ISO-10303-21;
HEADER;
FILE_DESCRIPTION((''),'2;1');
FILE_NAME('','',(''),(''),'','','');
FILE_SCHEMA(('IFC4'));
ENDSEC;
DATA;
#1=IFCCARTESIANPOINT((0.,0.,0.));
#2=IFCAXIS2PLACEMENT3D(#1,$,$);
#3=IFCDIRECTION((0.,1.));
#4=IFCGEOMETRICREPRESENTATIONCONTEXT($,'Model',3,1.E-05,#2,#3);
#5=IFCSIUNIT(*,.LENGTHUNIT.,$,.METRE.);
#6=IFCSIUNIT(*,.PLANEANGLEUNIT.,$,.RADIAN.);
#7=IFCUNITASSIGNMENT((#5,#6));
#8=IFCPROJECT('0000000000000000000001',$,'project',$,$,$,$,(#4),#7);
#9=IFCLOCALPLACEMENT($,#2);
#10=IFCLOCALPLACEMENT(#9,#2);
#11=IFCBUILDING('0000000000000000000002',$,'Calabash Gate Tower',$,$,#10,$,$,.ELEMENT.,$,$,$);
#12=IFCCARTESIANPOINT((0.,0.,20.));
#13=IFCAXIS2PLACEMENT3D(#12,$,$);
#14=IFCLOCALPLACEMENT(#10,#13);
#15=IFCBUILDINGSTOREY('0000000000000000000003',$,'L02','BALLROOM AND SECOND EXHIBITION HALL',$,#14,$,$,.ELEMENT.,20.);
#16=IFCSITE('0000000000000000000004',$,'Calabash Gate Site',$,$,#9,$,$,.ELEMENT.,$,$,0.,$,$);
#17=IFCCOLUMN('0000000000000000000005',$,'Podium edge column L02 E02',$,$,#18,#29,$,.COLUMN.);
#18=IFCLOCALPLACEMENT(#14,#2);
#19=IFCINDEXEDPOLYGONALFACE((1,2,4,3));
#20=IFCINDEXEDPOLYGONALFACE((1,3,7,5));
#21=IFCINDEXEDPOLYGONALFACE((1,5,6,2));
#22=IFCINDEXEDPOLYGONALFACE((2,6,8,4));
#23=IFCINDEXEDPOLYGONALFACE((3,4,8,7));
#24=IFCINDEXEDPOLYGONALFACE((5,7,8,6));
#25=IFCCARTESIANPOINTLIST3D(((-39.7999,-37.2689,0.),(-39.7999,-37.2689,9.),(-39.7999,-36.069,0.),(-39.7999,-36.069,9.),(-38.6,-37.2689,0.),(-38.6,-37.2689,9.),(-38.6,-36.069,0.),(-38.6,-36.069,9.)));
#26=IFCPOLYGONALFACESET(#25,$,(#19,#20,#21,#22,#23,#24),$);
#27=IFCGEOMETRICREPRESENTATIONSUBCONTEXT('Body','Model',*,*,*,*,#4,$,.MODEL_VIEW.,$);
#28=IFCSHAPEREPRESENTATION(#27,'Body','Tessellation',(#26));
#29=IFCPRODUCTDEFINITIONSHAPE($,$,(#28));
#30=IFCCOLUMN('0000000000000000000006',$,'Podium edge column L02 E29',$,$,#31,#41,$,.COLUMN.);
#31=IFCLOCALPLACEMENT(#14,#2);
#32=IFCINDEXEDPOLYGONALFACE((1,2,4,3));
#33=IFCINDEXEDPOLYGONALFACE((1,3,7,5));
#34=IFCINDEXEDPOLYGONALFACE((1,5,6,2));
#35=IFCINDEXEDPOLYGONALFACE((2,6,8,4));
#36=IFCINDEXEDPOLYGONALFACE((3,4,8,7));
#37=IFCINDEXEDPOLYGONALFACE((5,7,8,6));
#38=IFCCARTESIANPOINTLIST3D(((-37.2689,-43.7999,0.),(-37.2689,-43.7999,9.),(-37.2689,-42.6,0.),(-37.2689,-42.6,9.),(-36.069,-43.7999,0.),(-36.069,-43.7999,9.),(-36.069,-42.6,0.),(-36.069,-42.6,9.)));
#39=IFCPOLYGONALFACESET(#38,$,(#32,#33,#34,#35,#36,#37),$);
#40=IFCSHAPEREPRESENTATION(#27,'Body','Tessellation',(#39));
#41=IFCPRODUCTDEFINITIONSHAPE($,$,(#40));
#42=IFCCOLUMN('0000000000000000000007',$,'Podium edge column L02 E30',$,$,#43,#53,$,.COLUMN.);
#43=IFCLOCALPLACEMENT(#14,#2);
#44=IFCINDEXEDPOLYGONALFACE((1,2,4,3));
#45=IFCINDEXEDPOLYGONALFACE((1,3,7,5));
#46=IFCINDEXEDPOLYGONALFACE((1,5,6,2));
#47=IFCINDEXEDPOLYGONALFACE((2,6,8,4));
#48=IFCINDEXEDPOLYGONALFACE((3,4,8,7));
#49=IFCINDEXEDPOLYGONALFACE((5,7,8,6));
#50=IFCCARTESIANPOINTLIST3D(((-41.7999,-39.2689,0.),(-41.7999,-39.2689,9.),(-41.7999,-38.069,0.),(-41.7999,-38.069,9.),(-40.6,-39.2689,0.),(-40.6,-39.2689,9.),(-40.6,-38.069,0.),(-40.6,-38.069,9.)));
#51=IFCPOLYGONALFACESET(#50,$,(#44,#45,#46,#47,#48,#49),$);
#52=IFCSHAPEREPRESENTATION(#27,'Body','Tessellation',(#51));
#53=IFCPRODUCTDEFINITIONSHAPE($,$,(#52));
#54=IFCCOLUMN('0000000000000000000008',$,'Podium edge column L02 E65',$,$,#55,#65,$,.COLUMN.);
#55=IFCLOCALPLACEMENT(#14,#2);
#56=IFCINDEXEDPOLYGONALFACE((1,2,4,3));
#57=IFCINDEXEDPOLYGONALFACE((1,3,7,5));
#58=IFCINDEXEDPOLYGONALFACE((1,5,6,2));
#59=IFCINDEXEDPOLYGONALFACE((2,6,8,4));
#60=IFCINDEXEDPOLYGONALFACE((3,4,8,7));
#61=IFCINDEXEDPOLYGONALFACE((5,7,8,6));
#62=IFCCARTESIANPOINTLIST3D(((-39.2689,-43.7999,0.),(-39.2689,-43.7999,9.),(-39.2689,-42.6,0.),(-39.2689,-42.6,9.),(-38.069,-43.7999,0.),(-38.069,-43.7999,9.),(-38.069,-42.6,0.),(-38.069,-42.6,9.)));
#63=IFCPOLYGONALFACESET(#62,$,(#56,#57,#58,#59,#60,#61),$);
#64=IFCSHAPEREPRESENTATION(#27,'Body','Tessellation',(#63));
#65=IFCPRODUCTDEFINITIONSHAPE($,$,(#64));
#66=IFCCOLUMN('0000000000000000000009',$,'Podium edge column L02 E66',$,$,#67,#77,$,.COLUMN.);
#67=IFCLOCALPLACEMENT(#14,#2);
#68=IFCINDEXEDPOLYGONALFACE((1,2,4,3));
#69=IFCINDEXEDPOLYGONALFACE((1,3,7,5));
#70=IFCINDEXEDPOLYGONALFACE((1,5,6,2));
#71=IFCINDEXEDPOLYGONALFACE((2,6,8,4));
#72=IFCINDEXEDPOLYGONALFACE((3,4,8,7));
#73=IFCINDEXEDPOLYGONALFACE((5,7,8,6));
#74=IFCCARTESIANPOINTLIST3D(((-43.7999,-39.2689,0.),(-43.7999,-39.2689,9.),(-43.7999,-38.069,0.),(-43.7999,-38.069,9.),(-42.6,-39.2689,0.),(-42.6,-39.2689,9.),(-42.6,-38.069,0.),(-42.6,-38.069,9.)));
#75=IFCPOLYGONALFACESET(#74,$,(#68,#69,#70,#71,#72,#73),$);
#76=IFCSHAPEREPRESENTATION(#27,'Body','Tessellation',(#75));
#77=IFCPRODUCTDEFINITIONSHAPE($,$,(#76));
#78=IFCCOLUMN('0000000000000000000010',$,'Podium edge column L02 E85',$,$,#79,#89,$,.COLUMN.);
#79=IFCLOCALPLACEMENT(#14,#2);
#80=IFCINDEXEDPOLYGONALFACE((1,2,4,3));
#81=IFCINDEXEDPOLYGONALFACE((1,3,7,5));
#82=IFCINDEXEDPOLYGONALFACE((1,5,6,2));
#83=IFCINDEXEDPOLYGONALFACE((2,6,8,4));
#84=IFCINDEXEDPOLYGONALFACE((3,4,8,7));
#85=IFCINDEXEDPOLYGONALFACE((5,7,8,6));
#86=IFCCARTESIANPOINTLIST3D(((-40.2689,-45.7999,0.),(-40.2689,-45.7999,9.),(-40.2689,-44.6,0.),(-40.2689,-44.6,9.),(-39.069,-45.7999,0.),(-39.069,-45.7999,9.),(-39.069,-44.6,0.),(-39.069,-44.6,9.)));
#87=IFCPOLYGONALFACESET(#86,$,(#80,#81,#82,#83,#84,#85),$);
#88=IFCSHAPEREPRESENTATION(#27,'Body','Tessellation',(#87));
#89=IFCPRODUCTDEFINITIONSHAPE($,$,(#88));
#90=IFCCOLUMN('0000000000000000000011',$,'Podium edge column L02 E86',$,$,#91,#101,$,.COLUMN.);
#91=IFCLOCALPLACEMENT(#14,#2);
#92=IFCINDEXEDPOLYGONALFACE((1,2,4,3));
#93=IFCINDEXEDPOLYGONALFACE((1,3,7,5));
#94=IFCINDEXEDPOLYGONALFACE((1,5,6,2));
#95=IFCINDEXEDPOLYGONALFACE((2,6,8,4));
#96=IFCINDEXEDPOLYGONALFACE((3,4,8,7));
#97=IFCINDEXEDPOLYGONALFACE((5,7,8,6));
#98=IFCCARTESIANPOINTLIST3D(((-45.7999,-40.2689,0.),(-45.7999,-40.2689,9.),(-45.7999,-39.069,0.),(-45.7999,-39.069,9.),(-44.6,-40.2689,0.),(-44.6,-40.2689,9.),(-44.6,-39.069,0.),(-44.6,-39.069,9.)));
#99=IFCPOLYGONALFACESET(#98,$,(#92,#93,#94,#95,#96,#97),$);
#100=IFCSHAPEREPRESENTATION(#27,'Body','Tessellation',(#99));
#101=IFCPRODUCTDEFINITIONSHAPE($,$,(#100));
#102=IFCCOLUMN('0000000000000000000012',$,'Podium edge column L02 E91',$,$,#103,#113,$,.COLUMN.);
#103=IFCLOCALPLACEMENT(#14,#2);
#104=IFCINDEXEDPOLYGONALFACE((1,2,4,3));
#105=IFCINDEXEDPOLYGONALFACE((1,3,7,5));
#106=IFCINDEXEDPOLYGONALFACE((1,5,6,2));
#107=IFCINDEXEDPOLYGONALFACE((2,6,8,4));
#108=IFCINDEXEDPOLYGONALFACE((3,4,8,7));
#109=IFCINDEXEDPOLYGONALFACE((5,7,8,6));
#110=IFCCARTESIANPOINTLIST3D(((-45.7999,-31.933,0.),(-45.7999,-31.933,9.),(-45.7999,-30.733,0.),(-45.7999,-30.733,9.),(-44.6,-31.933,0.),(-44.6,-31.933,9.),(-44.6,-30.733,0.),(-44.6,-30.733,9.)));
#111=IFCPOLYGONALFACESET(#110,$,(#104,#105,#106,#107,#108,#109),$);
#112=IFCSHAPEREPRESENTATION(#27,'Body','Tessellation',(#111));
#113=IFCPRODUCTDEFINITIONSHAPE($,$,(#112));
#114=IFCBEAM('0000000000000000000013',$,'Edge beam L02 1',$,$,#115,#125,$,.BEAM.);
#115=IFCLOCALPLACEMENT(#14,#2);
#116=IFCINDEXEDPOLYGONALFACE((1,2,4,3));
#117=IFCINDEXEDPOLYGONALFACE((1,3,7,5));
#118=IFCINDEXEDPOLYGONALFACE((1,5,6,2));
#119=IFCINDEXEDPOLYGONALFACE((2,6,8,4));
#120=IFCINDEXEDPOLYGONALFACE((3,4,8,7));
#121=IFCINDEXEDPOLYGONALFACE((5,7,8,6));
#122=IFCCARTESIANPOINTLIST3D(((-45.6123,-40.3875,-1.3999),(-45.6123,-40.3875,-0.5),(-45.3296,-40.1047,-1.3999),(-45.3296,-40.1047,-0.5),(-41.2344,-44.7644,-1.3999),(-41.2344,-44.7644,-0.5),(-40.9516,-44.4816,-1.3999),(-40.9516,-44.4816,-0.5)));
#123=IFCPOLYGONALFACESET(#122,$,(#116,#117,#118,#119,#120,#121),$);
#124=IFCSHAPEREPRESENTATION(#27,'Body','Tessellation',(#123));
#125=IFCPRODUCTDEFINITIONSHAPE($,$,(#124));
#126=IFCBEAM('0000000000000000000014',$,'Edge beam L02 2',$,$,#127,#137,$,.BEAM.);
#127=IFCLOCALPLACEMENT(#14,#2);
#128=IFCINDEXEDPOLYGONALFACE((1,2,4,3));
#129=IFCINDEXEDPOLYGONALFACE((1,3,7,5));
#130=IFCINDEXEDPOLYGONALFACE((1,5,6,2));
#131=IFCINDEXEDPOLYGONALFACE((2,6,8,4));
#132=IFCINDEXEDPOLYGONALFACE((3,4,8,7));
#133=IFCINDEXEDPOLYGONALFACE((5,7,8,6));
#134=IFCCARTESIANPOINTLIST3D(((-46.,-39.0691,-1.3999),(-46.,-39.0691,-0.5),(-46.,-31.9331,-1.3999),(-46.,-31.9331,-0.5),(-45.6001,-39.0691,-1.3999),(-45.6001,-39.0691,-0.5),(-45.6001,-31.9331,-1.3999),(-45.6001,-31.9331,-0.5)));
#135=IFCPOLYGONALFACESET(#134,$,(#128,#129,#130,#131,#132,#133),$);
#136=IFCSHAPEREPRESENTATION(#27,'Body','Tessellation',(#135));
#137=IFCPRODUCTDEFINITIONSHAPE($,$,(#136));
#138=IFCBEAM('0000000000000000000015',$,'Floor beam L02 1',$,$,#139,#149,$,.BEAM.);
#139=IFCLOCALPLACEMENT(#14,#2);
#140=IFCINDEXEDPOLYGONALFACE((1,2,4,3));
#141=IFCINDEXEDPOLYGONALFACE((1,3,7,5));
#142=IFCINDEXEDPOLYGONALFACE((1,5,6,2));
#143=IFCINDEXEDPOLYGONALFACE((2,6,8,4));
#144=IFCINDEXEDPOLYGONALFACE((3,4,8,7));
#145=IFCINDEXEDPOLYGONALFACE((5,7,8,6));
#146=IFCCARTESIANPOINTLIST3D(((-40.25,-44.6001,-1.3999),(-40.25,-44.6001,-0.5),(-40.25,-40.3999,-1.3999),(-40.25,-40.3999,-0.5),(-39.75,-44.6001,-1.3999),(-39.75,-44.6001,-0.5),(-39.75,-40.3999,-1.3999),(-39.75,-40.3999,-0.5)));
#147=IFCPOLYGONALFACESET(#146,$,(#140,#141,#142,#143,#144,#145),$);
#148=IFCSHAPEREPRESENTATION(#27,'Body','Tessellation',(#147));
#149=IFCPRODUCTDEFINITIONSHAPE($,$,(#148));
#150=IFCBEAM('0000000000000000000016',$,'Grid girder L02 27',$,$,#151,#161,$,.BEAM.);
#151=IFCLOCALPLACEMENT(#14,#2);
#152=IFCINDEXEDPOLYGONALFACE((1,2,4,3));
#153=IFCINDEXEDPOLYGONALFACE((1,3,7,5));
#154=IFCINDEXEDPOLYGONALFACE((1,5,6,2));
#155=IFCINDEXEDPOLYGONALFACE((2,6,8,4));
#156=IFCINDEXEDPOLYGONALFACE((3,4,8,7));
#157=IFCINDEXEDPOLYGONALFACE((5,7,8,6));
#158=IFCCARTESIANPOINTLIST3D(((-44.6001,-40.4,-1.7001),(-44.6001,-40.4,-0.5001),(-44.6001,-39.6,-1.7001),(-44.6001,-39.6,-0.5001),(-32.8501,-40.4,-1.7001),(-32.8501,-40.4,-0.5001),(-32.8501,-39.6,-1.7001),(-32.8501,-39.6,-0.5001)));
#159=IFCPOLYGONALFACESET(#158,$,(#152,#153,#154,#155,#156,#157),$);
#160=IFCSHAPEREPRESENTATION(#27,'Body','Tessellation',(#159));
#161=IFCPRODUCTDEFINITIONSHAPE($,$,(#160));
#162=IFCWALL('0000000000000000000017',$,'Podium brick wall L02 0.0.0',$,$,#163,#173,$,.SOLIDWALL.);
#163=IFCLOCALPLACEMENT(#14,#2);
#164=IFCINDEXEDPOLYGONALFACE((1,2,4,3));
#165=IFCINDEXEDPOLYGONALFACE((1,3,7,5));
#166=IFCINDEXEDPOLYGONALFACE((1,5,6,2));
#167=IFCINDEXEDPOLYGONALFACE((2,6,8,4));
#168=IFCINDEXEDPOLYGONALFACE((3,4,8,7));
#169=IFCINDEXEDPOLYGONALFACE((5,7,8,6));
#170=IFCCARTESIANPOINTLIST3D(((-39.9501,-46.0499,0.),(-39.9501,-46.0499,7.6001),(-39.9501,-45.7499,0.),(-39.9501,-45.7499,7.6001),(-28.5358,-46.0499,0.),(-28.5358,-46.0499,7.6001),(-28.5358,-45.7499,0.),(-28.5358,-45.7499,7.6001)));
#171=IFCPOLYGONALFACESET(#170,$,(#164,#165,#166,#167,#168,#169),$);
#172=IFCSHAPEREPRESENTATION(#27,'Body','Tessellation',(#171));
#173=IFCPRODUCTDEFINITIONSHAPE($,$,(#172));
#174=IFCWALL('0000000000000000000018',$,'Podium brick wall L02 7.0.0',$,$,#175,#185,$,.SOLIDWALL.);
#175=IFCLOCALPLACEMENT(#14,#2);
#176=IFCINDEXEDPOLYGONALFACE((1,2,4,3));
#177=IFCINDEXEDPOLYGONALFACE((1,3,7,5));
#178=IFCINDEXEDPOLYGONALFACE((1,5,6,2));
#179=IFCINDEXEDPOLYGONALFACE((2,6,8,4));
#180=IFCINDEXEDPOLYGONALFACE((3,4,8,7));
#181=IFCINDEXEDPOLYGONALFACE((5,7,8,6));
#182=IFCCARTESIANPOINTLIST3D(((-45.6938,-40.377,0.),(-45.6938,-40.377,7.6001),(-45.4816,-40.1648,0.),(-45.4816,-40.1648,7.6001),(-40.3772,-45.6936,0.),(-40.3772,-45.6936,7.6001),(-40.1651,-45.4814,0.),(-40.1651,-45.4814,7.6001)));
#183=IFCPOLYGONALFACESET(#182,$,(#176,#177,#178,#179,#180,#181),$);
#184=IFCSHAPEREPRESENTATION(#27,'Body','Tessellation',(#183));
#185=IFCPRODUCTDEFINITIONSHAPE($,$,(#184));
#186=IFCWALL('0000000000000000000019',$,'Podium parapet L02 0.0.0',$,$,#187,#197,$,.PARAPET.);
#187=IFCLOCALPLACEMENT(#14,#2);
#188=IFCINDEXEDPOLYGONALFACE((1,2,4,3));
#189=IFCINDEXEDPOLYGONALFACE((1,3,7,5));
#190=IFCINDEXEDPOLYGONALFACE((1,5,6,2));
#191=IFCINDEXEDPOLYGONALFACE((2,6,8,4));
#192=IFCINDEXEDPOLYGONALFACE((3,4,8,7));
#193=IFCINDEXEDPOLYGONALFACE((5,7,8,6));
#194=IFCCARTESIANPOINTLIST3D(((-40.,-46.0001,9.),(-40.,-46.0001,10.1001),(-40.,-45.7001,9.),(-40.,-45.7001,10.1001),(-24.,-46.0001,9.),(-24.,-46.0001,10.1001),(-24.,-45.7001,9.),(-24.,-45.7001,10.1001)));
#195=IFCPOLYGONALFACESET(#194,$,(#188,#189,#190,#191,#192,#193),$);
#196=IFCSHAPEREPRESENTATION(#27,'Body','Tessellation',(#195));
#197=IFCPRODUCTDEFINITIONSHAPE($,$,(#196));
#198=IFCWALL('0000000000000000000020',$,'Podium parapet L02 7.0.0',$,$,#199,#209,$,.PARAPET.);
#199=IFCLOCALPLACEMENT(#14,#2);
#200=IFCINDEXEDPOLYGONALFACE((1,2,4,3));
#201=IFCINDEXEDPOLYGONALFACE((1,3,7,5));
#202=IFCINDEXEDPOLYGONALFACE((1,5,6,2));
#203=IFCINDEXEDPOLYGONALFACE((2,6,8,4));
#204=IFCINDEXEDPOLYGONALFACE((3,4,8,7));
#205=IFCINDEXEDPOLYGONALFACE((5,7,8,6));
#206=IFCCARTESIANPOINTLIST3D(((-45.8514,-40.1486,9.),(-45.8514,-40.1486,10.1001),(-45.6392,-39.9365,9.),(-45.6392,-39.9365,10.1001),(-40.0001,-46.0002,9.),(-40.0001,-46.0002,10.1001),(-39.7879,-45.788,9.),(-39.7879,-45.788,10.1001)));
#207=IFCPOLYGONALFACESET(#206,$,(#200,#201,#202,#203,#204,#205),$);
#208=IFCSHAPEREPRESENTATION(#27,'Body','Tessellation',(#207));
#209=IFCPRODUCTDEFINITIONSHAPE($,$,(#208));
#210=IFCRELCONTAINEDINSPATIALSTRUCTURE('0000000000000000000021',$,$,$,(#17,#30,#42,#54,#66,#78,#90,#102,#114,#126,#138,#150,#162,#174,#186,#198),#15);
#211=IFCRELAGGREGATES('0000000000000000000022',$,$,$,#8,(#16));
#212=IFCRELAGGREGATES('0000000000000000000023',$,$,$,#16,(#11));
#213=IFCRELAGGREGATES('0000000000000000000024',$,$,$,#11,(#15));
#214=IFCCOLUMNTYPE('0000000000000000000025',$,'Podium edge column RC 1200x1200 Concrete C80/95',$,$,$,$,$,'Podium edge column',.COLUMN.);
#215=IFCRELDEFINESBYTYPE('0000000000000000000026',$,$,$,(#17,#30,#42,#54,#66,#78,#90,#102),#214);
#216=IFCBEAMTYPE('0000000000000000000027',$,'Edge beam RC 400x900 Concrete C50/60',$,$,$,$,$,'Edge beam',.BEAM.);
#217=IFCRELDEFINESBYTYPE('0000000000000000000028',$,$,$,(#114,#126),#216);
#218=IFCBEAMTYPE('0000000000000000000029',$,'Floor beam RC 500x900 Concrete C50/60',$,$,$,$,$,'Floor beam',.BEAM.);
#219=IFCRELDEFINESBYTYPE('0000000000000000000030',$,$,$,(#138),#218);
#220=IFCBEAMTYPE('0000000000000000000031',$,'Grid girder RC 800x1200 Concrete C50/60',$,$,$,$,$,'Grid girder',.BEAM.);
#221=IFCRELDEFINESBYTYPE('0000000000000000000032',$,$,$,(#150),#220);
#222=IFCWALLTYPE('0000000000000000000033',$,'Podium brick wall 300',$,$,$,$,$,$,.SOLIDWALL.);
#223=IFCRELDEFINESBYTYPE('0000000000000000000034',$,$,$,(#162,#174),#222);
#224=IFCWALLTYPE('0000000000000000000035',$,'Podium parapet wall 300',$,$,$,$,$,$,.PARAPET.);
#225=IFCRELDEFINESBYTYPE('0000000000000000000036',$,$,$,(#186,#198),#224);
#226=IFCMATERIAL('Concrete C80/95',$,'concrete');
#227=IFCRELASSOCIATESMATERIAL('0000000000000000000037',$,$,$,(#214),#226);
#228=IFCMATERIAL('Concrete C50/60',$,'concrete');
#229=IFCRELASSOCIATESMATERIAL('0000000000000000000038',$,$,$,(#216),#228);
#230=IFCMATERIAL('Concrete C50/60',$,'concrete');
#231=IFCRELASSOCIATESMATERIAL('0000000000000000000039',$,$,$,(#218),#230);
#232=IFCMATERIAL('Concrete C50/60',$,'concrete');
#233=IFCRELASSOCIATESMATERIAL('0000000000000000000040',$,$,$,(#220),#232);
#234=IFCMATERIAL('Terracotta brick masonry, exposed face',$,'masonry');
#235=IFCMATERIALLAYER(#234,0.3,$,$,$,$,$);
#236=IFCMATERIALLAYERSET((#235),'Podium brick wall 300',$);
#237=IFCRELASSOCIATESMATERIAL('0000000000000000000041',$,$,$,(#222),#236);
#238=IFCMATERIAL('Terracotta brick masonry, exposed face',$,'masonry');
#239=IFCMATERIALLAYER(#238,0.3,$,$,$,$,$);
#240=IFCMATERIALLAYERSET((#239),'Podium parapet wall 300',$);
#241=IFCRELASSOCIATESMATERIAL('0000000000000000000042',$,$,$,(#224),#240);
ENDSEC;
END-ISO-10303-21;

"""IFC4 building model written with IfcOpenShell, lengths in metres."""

from ifc_helpers import new_model, si_unit, direction, frame, frame_2d, origin, origin_2d, place, context, subcontext, project, spatial, rectangle, extrude, material, layer, layer_set, material_profile, profile_set, type_object, element, save


model = new_model("IFC4")

# Units and contexts
model_context = context("Model", 3, precision=1e-05, world=origin(), true_north=direction((0.0, 1.0)))
body_context = subcontext(model_context, "Body", "Model", "MODEL_VIEW")
ifc_project = project(units=[si_unit("LENGTHUNIT", "METRE"), si_unit("PLANEANGLEUNIT", "RADIAN")], contexts=[model_context])

# Site, building, storey
site_placement = place(None, origin())
site = spatial("IfcSite", under=ifc_project, at=site_placement, Name="Calabash Gate Site", CompositionType="ELEMENT", RefElevation=0.0)
building_placement = place(site_placement, origin())
building = spatial("IfcBuilding", under=site, at=building_placement, Name="Calabash Gate Tower", CompositionType="ELEMENT")
storey_placement = place(building_placement, frame((0.0, 0.0, 20.0)))
storey = spatial("IfcBuildingStorey", under=building, at=storey_placement, Name="L02", Description="BALLROOM AND SECOND EXHIBITION HALL", CompositionType="ELEMENT", Elevation=20.0)

# Columns
ifc_material_1 = material(Name="Concrete C80/95", Category="concrete")
ifc_material_profile_1 = material_profile(ifc_material_1, rectangle(XDim=1.2, YDim=1.2, at=origin_2d()))
ifc_profile_set_1 = profile_set([ifc_material_profile_1], Name="Concrete C80/95")
column_type = type_object("IfcColumnType", Name="Podium edge column RC 1200x1200 Concrete C80/95", ElementType="Podium edge column", PredefinedType="COLUMN", material=ifc_profile_set_1)
for number, where, z_axis, x_axis, name in (
    (1, (-39.2, -36.6689, 0.0), (0.0, 0.0, 1.0), (1.0, 0.0, 0.0), "Podium edge column L02 E02"),
    (2, (-36.6689, -43.2, 0.0), (0.0, 0.0, 1.0), (1.0, 0.0, 0.0), "Podium edge column L02 E29"),
    (3, (-41.2, -38.6689, 0.0), (0.0, 0.0, 1.0), (1.0, 0.0, 0.0), "Podium edge column L02 E30"),
    (4, (-38.6689, -43.2, 0.0), (0.0, 0.0, 1.0), (1.0, 0.0, 0.0), "Podium edge column L02 E65"),
    (5, (-43.2, -38.6689, 0.0), (0.0, 0.0, 1.0), (1.0, 0.0, 0.0), "Podium edge column L02 E66"),
    (6, (-39.6689, -45.2, 0.0), (0.0, 0.0, 1.0), (1.0, 0.0, 0.0), "Podium edge column L02 E85"),
    (7, (-45.2, -39.6689, 0.0), (0.0, 0.0, 1.0), (1.0, 0.0, 0.0), "Podium edge column L02 E86"),
    (8, (-45.2, -31.333, 0.0), (0.0, 0.0, 1.0), (1.0, 0.0, 0.0), "Podium edge column L02 E91"),
):
    element("IfcColumn", number, at=place(storey_placement, frame(where, z_axis=z_axis, x_axis=x_axis)), inside=storey, type_object=column_type, Name=name, PredefinedType="COLUMN", context=body_context, shape_type="SweptSolid", body=[
        extrude(rectangle(XDim=1.2, YDim=1.2, at=origin_2d()), origin(), (0.0, 0.0, 1.0), 9.0),
    ])

# Beams
ifc_material_2 = material(Name="Concrete C50/60", Category="concrete")
ifc_material_profile_2 = material_profile(ifc_material_2, rectangle(XDim=0.3999, YDim=0.8999, at=origin_2d()))
ifc_profile_set_2 = profile_set([ifc_material_profile_2], Name="Concrete C50/60")
beam_type_1 = type_object("IfcBeamType", Name="Edge beam RC 400x900 Concrete C50/60", ElementType="Edge beam", PredefinedType="BEAM", material=ifc_profile_set_2)
beam_1_placement = place(storey_placement, frame((-41.093, -44.623, -0.95), z_axis=(-0.707186, 0.707028, 0.0), x_axis=(-0.707028, -0.707186, 0.0)))
element("IfcBeam", 9, at=beam_1_placement, inside=storey, type_object=beam_type_1, Name="Edge beam L02 1", PredefinedType="BEAM", context=body_context, shape_type="SweptSolid", body=[
    extrude(rectangle(XDim=0.3999, YDim=0.8999, at=origin_2d()), origin(), (0.0, 0.0, 1.0), 6.1907),
])
beam_2_placement = place(storey_placement, frame((-45.8, -39.0691, -0.95), z_axis=(0.0, 1.0, 0.0), x_axis=(-1.0, 0.0, 0.0)))
element("IfcBeam", 10, at=beam_2_placement, inside=storey, type_object=beam_type_1, Name="Edge beam L02 2", PredefinedType="BEAM", context=body_context, shape_type="SweptSolid", body=[
    extrude(rectangle(XDim=0.3999, YDim=0.8999, at=origin_2d()), origin(), (0.0, 0.0, 1.0), 7.136),
])
ifc_material_3 = material(Name="Concrete C50/60", Category="concrete")
ifc_material_profile_3 = material_profile(ifc_material_3, rectangle(XDim=0.5, YDim=0.8999, at=origin_2d()))
ifc_profile_set_3 = profile_set([ifc_material_profile_3], Name="Concrete C50/60")
beam_type_2 = type_object("IfcBeamType", Name="Floor beam RC 500x900 Concrete C50/60", ElementType="Floor beam", PredefinedType="BEAM", material=ifc_profile_set_3)
beam_3_placement = place(storey_placement, frame((-40.0, -44.6001, -0.95), z_axis=(0.0, 1.0, 0.0), x_axis=(-1.0, 0.0, 0.0)))
element("IfcBeam", 11, at=beam_3_placement, inside=storey, type_object=beam_type_2, Name="Floor beam L02 1", PredefinedType="BEAM", context=body_context, shape_type="SweptSolid", body=[
    extrude(rectangle(XDim=0.5, YDim=0.8999, at=origin_2d()), origin(), (0.0, 0.0, 1.0), 4.2002),
])
ifc_material_4 = material(Name="Concrete C50/60", Category="concrete")
ifc_material_profile_4 = material_profile(ifc_material_4, rectangle(XDim=0.8, YDim=1.2, at=origin_2d()))
ifc_profile_set_4 = profile_set([ifc_material_profile_4], Name="Concrete C50/60")
beam_type_3 = type_object("IfcBeamType", Name="Grid girder RC 800x1200 Concrete C50/60", ElementType="Grid girder", PredefinedType="BEAM", material=ifc_profile_set_4)
beam_4_placement = place(storey_placement, frame((-44.6001, -40.0, -1.1001), z_axis=(1.0, 0.0, 0.0), x_axis=(0.0, 1.0, 0.0)))
element("IfcBeam", 12, at=beam_4_placement, inside=storey, type_object=beam_type_3, Name="Grid girder L02 27", PredefinedType="BEAM", context=body_context, shape_type="SweptSolid", body=[
    extrude(rectangle(XDim=0.8, YDim=1.2, at=origin_2d()), origin(), (0.0, 0.0, 1.0), 11.75),
])

# Walls
ifc_material_5 = material(Name="Terracotta brick masonry, exposed face", Category="masonry")
ifc_layer_1 = layer(ifc_material_5, 0.3)
ifc_layer_set_1 = layer_set([ifc_layer_1], Name="Podium brick wall 300")
wall_type_1 = type_object("IfcWallType", Name="Podium brick wall 300", PredefinedType="SOLIDWALL", material=ifc_layer_set_1)
wall_1_placement = place(storey_placement, frame((-39.95, -45.8999, 0.0), z_axis=(0.0, 0.0, 1.0), x_axis=(1.0, 0.0, 0.0)))
element("IfcWall", 13, at=wall_1_placement, inside=storey, type_object=wall_type_1, Name="Podium brick wall L02 0.0.0", PredefinedType="SOLIDWALL", context=body_context, shape_type="SweptSolid", body=[
    extrude(rectangle(XDim=11.4143, YDim=0.3, at=frame_2d((5.707, 0.0))), origin(), (0.0, 0.0, 1.0), 7.6001),
])
wall_2_placement = place(storey_placement, frame((-45.5876, -40.271, 0.0), z_axis=(0.0, 0.0, 1.0), x_axis=(0.707107, -0.707107, 0.0)))
element("IfcWall", 14, at=wall_2_placement, inside=storey, type_object=wall_type_1, Name="Podium brick wall L02 7.0.0", PredefinedType="SOLIDWALL", context=body_context, shape_type="SweptSolid", body=[
    extrude(rectangle(XDim=7.5188, YDim=0.3, at=frame_2d((3.7593, 0.0))), origin(), (0.0, 0.0, 1.0), 7.6001),
])
ifc_material_6 = material(Name="Terracotta brick masonry, exposed face", Category="masonry")
ifc_layer_2 = layer(ifc_material_6, 0.3)
ifc_layer_set_2 = layer_set([ifc_layer_2], Name="Podium parapet wall 300")
wall_type_2 = type_object("IfcWallType", Name="Podium parapet wall 300", PredefinedType="PARAPET", material=ifc_layer_set_2)
wall_3_placement = place(storey_placement, frame((-40.0, -45.8501, 9.0), z_axis=(0.0, 0.0, 1.0), x_axis=(1.0, 0.0, 0.0)))
element("IfcWall", 15, at=wall_3_placement, inside=storey, type_object=wall_type_2, Name="Podium parapet L02 0.0.0", PredefinedType="PARAPET", context=body_context, shape_type="SweptSolid", body=[
    extrude(rectangle(XDim=16.0, YDim=0.3, at=frame_2d((8.0, 0.0))), origin(), (0.0, 0.0, 1.0), 1.1001),
])
wall_4_placement = place(storey_placement, frame((-45.7454, -40.0425, 9.0), z_axis=(0.0, 0.0, 1.0), x_axis=(0.707092, -0.707122, 0.0)))
element("IfcWall", 16, at=wall_4_placement, inside=storey, type_object=wall_type_2, Name="Podium parapet L02 7.0.0", PredefinedType="PARAPET", context=body_context, shape_type="SweptSolid", body=[
    extrude(rectangle(XDim=8.2751, YDim=0.3, at=frame_2d((4.1377, 0.0))), origin(), (0.0, 0.0, 1.0), 1.1001),
])

save(model, "model.ifc")
